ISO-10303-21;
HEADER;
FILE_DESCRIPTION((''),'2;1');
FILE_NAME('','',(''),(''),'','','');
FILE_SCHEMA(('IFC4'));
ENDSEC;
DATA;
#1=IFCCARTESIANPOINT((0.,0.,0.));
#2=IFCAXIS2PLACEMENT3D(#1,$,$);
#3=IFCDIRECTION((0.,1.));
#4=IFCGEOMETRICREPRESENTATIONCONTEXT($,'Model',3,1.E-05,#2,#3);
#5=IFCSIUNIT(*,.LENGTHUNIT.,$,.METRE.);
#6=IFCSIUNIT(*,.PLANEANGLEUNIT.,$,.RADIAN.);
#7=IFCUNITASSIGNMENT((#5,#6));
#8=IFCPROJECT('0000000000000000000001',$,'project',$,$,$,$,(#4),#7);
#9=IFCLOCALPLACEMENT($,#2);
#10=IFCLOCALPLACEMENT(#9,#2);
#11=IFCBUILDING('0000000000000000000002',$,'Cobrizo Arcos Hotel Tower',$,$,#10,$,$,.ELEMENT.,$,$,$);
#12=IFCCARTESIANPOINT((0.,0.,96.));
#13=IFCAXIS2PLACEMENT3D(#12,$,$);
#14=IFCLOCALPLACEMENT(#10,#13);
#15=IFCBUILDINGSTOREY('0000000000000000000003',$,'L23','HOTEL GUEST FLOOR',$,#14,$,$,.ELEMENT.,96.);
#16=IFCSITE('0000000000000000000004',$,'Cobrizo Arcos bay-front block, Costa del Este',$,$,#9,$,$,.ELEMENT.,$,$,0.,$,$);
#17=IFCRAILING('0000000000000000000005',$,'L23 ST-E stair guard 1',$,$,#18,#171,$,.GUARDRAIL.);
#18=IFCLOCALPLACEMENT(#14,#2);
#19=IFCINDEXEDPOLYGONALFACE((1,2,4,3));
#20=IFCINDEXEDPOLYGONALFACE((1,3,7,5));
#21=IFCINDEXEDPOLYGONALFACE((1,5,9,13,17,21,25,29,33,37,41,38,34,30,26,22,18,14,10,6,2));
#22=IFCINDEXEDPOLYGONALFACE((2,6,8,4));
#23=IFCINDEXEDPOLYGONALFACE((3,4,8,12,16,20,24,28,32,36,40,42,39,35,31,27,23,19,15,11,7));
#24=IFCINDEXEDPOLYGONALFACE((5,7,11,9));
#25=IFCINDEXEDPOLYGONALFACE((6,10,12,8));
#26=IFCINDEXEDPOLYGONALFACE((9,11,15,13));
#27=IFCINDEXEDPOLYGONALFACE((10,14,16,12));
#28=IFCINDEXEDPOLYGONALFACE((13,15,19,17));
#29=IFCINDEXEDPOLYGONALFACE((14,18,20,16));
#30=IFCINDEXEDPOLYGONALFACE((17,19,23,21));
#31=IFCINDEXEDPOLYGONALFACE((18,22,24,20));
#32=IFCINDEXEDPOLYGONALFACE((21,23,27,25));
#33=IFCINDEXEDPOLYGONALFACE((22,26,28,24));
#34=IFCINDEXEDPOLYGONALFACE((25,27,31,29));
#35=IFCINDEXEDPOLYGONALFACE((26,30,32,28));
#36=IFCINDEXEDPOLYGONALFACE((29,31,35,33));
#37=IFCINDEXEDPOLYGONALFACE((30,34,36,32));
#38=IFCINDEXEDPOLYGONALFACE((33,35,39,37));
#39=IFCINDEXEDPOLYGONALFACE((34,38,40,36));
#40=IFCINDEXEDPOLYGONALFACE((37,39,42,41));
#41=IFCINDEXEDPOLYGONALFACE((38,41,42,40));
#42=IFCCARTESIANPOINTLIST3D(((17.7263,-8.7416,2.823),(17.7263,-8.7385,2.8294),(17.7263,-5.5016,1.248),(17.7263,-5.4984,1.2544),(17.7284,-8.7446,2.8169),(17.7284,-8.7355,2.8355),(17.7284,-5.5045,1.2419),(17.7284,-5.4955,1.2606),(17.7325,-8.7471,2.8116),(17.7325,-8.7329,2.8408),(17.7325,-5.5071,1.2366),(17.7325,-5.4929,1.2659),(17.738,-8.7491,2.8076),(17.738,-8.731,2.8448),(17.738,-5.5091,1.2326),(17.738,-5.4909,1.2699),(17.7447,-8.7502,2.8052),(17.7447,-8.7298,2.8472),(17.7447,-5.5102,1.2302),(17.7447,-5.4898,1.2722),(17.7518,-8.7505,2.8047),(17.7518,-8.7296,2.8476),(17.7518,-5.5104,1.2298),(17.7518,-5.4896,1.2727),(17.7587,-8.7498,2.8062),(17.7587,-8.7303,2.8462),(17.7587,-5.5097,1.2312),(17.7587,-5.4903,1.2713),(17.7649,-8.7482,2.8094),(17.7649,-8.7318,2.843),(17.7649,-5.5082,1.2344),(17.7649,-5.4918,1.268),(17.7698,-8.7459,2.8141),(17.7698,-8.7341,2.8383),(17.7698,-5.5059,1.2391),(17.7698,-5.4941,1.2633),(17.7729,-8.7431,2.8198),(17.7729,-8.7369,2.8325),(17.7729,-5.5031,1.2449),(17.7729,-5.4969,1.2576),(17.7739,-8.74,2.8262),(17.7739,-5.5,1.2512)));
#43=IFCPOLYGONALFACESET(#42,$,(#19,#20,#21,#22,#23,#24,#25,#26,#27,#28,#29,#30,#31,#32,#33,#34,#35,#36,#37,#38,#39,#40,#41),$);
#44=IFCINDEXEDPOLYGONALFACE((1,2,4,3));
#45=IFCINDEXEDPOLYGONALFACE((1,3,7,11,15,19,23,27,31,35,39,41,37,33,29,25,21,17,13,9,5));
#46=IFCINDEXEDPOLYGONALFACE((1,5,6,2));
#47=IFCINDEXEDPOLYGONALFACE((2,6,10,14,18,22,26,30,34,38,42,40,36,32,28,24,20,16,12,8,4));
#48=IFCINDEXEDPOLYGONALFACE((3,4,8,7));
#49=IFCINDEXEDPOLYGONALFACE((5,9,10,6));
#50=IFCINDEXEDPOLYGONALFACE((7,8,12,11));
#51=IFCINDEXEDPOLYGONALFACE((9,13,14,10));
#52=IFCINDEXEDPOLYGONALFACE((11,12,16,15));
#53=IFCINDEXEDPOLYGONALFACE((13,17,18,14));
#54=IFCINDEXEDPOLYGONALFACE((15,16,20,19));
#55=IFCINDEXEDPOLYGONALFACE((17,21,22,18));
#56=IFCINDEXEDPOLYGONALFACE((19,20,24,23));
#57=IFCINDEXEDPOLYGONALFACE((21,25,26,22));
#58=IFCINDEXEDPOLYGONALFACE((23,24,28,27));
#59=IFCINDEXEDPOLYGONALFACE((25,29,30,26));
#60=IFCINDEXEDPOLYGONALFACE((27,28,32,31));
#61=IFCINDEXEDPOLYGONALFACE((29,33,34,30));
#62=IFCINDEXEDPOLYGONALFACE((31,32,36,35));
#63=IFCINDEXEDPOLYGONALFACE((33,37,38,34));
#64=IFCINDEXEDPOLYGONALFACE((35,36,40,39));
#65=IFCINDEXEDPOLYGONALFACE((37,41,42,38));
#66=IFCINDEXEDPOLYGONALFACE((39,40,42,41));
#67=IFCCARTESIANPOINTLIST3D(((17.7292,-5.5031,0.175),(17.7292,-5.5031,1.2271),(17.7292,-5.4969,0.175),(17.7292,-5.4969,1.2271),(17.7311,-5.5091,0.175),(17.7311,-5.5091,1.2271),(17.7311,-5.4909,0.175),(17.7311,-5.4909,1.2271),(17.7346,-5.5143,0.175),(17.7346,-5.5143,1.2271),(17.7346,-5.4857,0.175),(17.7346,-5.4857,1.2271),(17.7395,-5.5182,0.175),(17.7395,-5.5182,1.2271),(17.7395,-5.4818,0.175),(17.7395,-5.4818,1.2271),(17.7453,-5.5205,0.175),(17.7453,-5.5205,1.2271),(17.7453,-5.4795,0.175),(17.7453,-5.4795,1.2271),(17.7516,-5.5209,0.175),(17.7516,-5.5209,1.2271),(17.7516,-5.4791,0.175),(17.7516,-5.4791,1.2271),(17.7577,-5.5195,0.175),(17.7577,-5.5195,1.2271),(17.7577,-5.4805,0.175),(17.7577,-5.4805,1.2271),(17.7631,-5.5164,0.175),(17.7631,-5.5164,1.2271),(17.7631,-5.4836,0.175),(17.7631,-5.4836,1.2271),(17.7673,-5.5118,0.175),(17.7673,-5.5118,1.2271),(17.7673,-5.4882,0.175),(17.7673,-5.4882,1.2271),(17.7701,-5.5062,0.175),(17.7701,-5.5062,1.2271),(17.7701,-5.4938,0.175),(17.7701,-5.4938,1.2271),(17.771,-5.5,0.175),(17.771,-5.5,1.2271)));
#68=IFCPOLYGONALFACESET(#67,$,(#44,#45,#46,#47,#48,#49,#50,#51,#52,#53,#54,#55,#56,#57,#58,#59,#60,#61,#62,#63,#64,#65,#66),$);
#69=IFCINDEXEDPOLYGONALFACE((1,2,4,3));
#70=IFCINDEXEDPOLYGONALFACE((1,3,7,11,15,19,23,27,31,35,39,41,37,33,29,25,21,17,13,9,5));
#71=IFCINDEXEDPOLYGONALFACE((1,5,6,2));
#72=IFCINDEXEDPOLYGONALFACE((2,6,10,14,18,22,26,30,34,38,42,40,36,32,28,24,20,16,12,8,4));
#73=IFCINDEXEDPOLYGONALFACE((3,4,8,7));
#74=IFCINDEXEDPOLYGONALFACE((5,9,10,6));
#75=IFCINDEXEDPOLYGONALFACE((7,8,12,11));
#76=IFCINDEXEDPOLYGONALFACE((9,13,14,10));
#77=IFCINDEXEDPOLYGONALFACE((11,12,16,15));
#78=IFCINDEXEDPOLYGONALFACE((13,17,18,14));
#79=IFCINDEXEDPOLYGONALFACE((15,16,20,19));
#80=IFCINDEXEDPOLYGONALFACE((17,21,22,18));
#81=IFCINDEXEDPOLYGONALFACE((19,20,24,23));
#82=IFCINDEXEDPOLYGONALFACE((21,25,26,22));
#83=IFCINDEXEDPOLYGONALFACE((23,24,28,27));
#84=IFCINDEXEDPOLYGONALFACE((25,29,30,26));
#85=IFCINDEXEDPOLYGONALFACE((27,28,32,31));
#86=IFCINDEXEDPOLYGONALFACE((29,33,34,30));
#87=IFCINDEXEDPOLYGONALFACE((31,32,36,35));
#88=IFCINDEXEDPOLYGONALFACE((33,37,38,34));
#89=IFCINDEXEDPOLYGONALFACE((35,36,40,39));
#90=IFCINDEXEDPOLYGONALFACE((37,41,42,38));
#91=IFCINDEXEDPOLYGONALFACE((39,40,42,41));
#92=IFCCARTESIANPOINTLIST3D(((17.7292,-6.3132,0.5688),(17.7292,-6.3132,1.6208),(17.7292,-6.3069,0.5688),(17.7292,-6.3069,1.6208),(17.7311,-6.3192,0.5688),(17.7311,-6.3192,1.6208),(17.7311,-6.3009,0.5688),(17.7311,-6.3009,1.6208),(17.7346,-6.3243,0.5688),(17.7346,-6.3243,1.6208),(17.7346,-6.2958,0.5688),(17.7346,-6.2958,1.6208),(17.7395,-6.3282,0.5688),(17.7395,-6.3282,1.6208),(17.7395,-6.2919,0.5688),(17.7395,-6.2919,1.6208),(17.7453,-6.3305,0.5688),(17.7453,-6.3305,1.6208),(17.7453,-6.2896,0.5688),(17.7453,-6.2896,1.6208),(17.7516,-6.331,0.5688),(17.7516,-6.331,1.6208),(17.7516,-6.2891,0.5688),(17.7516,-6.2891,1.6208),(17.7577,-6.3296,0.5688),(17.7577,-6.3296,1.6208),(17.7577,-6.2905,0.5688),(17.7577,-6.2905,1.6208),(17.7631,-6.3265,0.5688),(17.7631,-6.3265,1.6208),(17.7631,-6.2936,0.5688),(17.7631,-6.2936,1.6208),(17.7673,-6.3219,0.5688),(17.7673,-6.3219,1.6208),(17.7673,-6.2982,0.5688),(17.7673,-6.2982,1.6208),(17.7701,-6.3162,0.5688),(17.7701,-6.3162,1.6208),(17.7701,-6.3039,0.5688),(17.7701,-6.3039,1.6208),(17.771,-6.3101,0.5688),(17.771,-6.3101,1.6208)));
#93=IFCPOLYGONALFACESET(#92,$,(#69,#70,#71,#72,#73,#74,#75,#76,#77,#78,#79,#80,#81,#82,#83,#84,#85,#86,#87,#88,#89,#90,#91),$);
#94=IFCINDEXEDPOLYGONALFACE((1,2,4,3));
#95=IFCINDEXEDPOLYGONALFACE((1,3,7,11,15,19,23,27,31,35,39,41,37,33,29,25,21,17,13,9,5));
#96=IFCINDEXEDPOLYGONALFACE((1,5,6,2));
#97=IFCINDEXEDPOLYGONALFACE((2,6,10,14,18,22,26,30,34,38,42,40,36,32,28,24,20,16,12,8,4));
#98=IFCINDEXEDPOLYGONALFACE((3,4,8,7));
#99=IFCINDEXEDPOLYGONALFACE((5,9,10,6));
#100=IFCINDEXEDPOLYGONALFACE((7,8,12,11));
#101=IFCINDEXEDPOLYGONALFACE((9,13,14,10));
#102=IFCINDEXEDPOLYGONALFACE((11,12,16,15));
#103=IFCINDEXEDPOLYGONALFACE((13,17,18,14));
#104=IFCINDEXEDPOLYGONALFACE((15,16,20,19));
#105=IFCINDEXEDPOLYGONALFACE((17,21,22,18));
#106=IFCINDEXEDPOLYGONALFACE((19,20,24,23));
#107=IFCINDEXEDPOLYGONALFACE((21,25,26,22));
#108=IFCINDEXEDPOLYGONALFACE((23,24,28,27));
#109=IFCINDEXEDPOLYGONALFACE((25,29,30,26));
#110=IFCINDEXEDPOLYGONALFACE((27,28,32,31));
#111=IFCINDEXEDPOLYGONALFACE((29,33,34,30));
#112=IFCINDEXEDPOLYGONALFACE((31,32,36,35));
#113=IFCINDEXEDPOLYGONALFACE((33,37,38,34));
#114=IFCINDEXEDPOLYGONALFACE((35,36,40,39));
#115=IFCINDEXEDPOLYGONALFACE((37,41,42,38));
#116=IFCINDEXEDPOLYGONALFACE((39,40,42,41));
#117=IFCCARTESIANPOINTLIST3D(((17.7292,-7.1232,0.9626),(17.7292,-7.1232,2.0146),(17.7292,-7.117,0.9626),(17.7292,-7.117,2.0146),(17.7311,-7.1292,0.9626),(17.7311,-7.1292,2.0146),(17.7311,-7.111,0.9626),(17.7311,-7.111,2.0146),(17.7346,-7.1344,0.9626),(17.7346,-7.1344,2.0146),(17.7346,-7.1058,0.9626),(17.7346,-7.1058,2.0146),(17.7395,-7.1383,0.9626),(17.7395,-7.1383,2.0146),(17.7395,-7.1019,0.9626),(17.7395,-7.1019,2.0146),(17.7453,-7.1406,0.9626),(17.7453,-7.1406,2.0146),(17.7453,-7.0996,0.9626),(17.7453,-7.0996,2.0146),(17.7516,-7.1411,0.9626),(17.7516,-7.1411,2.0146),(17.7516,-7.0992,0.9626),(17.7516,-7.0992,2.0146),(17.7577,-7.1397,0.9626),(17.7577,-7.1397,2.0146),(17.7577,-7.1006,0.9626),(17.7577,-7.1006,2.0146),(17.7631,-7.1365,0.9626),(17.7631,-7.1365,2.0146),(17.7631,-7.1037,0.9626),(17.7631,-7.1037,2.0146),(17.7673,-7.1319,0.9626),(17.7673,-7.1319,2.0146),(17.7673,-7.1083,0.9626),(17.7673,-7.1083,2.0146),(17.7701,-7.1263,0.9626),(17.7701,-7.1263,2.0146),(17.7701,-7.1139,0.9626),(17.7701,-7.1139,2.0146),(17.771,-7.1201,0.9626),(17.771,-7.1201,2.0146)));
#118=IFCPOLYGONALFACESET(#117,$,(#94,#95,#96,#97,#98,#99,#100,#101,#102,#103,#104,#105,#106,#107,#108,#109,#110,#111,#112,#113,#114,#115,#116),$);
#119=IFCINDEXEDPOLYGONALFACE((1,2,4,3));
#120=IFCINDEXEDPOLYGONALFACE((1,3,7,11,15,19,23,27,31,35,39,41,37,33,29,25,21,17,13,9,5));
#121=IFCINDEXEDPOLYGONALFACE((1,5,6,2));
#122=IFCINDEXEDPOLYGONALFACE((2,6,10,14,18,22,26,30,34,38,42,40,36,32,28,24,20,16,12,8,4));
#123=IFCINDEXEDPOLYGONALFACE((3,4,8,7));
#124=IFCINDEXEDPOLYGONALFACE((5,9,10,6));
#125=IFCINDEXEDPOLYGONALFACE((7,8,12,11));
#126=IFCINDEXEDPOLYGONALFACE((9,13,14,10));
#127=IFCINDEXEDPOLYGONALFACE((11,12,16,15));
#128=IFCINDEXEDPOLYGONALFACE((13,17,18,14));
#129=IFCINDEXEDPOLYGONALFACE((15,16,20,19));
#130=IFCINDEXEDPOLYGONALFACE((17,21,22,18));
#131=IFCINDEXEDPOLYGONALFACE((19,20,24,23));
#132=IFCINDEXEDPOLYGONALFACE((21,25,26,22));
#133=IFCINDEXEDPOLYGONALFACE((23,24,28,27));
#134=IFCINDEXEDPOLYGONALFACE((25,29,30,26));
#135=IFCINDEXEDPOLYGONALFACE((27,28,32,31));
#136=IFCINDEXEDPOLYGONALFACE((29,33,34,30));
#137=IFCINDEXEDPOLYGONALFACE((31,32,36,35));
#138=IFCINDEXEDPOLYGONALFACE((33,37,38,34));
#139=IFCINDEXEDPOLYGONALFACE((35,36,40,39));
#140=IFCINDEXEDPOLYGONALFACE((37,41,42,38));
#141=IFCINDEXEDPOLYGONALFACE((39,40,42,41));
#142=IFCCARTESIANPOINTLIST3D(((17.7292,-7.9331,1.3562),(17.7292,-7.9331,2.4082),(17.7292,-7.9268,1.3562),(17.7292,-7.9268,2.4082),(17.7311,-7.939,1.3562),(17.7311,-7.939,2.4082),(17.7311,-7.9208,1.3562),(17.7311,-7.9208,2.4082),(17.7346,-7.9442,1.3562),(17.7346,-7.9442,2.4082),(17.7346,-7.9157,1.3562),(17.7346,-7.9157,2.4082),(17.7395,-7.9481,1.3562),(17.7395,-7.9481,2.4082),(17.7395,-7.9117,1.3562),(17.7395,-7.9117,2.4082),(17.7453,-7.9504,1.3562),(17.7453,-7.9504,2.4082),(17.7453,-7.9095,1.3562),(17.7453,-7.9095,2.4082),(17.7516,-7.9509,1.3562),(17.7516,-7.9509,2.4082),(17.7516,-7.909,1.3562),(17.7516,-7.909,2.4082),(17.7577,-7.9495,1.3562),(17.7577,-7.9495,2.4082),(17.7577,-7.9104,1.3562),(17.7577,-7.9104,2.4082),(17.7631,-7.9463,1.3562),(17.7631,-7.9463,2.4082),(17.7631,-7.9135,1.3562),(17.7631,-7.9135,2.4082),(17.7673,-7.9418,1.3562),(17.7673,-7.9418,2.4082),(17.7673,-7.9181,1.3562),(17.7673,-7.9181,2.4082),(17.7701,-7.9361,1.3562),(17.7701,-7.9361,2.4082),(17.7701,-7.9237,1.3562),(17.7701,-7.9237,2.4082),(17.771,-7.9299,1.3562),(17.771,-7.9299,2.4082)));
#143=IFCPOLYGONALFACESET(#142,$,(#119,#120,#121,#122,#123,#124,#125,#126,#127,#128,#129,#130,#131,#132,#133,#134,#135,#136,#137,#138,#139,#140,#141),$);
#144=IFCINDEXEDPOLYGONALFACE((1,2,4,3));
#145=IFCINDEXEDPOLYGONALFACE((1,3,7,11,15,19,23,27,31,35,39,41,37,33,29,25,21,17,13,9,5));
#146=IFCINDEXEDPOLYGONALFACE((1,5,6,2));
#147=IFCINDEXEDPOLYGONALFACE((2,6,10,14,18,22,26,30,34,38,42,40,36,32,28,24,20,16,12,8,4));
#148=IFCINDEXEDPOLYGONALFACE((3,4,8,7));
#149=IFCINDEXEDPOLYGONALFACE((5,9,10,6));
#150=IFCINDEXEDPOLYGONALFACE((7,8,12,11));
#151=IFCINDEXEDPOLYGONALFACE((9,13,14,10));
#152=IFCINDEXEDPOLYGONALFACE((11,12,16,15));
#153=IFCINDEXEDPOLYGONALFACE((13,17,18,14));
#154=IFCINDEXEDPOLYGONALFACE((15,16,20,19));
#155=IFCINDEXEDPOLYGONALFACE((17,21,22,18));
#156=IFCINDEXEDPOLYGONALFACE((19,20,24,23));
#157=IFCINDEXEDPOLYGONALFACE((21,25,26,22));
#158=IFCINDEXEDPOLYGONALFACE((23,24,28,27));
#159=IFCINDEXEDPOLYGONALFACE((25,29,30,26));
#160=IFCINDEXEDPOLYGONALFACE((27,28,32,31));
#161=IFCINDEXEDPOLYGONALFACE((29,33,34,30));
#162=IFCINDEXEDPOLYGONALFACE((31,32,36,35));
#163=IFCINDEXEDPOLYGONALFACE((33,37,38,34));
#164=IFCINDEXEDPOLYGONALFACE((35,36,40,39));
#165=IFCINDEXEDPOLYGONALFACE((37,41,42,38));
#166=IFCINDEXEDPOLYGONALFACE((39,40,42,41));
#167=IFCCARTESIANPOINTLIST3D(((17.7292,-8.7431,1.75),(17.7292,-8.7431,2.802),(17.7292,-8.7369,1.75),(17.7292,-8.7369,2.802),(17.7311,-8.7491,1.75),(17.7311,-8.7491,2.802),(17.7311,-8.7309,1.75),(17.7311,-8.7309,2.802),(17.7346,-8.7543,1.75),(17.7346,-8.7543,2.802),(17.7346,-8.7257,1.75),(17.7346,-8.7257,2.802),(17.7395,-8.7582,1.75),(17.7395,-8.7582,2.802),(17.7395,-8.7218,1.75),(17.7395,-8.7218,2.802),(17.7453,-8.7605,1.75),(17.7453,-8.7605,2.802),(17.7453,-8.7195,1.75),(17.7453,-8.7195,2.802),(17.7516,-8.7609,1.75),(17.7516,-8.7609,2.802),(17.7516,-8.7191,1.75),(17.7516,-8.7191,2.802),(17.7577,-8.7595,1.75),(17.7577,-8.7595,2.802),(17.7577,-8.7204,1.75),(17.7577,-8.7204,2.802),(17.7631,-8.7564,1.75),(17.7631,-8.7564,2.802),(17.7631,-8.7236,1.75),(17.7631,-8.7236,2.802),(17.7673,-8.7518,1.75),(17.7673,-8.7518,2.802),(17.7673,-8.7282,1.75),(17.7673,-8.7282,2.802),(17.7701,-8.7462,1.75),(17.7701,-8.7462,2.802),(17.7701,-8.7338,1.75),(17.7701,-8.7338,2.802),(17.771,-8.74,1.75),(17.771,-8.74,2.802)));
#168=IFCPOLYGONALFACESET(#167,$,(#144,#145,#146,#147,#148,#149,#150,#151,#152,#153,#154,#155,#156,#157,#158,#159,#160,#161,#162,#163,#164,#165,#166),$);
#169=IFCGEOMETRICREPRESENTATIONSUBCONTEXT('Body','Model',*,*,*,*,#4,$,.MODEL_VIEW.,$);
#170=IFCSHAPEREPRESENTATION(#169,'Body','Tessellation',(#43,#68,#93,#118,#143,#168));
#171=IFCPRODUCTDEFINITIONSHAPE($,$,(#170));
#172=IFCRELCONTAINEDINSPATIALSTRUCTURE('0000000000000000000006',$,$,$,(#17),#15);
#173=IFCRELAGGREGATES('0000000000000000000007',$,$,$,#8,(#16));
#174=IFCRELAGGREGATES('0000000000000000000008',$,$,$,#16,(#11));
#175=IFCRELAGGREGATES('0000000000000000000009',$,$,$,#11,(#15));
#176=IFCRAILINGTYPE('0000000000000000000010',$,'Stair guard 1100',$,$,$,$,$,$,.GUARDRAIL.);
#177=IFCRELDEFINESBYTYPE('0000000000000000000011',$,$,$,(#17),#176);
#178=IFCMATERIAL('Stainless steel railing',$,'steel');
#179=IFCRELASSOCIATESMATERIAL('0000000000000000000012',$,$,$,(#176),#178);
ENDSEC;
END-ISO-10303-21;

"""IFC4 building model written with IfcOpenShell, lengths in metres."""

from ifc_helpers import new_model, si_unit, direction, frame, origin, origin_2d, place, context, subcontext, project, spatial, circle, extrude, material, type_object, element, save


model = new_model("IFC4")

# Units and contexts
model_context = context("Model", 3, precision=1e-05, world=origin(), true_north=direction((0.0, 1.0)))
body_context = subcontext(model_context, "Body", "Model", "MODEL_VIEW")
ifc_project = project(units=[si_unit("LENGTHUNIT", "METRE"), si_unit("PLANEANGLEUNIT", "RADIAN")], contexts=[model_context])

# Site, building, storey
site_placement = place(None, origin())
site = spatial("IfcSite", under=ifc_project, at=site_placement, Name="Cobrizo Arcos bay-front block, Costa del Este", CompositionType="ELEMENT", RefElevation=0.0)
building_placement = place(site_placement, origin())
building = spatial("IfcBuilding", under=site, at=building_placement, Name="Cobrizo Arcos Hotel Tower", CompositionType="ELEMENT")
storey_placement = place(building_placement, frame((0.0, 0.0, 96.0)))
storey = spatial("IfcBuildingStorey", under=building, at=storey_placement, Name="L23", Description="HOTEL GUEST FLOOR", CompositionType="ELEMENT", Elevation=96.0)

# Railing
ifc_material_1 = material(Name="Stainless steel railing", Category="steel")
railing_type_1 = type_object("IfcRailingType", Name="Stair guard 1100", PredefinedType="GUARDRAIL", material=ifc_material_1)
railing_1_placement = place(storey_placement, frame((17.75, -5.5, 0.175)))
element("IfcRailing", 1, at=railing_1_placement, inside=storey, type_object=railing_type_1, Name="L23 ST-E stair guard 1", PredefinedType="GUARDRAIL", context=body_context, shape_type="SweptSolid", body=[
    extrude(circle(Radius=0.0239, at=origin_2d()), frame((0.0, 0.0, 1.0762), z_axis=(0.0, -0.899373, 0.437183), x_axis=(1.0, 0.0, 0.0)), (0.0, 0.0, 1.0), 3.6025),
    extrude(circle(Radius=0.021, at=origin_2d()), origin(), (0.0, 0.0, 1.0), 1.052),
    extrude(circle(Radius=0.021, at=origin_2d()), frame((0.0, -0.8101, 0.3938)), (0.0, 0.0, 1.0), 1.052),
    extrude(circle(Radius=0.021, at=origin_2d()), frame((0.0, -1.6201, 0.7876)), (0.0, 0.0, 1.0), 1.052),
    extrude(circle(Radius=0.021, at=origin_2d()), frame((0.0, -2.4299, 1.1812)), (0.0, 0.0, 1.0), 1.052),
    extrude(circle(Radius=0.021, at=origin_2d()), frame((0.0, -3.24, 1.575)), (0.0, 0.0, 1.0), 1.052),
])

save(model, "model.ifc")
